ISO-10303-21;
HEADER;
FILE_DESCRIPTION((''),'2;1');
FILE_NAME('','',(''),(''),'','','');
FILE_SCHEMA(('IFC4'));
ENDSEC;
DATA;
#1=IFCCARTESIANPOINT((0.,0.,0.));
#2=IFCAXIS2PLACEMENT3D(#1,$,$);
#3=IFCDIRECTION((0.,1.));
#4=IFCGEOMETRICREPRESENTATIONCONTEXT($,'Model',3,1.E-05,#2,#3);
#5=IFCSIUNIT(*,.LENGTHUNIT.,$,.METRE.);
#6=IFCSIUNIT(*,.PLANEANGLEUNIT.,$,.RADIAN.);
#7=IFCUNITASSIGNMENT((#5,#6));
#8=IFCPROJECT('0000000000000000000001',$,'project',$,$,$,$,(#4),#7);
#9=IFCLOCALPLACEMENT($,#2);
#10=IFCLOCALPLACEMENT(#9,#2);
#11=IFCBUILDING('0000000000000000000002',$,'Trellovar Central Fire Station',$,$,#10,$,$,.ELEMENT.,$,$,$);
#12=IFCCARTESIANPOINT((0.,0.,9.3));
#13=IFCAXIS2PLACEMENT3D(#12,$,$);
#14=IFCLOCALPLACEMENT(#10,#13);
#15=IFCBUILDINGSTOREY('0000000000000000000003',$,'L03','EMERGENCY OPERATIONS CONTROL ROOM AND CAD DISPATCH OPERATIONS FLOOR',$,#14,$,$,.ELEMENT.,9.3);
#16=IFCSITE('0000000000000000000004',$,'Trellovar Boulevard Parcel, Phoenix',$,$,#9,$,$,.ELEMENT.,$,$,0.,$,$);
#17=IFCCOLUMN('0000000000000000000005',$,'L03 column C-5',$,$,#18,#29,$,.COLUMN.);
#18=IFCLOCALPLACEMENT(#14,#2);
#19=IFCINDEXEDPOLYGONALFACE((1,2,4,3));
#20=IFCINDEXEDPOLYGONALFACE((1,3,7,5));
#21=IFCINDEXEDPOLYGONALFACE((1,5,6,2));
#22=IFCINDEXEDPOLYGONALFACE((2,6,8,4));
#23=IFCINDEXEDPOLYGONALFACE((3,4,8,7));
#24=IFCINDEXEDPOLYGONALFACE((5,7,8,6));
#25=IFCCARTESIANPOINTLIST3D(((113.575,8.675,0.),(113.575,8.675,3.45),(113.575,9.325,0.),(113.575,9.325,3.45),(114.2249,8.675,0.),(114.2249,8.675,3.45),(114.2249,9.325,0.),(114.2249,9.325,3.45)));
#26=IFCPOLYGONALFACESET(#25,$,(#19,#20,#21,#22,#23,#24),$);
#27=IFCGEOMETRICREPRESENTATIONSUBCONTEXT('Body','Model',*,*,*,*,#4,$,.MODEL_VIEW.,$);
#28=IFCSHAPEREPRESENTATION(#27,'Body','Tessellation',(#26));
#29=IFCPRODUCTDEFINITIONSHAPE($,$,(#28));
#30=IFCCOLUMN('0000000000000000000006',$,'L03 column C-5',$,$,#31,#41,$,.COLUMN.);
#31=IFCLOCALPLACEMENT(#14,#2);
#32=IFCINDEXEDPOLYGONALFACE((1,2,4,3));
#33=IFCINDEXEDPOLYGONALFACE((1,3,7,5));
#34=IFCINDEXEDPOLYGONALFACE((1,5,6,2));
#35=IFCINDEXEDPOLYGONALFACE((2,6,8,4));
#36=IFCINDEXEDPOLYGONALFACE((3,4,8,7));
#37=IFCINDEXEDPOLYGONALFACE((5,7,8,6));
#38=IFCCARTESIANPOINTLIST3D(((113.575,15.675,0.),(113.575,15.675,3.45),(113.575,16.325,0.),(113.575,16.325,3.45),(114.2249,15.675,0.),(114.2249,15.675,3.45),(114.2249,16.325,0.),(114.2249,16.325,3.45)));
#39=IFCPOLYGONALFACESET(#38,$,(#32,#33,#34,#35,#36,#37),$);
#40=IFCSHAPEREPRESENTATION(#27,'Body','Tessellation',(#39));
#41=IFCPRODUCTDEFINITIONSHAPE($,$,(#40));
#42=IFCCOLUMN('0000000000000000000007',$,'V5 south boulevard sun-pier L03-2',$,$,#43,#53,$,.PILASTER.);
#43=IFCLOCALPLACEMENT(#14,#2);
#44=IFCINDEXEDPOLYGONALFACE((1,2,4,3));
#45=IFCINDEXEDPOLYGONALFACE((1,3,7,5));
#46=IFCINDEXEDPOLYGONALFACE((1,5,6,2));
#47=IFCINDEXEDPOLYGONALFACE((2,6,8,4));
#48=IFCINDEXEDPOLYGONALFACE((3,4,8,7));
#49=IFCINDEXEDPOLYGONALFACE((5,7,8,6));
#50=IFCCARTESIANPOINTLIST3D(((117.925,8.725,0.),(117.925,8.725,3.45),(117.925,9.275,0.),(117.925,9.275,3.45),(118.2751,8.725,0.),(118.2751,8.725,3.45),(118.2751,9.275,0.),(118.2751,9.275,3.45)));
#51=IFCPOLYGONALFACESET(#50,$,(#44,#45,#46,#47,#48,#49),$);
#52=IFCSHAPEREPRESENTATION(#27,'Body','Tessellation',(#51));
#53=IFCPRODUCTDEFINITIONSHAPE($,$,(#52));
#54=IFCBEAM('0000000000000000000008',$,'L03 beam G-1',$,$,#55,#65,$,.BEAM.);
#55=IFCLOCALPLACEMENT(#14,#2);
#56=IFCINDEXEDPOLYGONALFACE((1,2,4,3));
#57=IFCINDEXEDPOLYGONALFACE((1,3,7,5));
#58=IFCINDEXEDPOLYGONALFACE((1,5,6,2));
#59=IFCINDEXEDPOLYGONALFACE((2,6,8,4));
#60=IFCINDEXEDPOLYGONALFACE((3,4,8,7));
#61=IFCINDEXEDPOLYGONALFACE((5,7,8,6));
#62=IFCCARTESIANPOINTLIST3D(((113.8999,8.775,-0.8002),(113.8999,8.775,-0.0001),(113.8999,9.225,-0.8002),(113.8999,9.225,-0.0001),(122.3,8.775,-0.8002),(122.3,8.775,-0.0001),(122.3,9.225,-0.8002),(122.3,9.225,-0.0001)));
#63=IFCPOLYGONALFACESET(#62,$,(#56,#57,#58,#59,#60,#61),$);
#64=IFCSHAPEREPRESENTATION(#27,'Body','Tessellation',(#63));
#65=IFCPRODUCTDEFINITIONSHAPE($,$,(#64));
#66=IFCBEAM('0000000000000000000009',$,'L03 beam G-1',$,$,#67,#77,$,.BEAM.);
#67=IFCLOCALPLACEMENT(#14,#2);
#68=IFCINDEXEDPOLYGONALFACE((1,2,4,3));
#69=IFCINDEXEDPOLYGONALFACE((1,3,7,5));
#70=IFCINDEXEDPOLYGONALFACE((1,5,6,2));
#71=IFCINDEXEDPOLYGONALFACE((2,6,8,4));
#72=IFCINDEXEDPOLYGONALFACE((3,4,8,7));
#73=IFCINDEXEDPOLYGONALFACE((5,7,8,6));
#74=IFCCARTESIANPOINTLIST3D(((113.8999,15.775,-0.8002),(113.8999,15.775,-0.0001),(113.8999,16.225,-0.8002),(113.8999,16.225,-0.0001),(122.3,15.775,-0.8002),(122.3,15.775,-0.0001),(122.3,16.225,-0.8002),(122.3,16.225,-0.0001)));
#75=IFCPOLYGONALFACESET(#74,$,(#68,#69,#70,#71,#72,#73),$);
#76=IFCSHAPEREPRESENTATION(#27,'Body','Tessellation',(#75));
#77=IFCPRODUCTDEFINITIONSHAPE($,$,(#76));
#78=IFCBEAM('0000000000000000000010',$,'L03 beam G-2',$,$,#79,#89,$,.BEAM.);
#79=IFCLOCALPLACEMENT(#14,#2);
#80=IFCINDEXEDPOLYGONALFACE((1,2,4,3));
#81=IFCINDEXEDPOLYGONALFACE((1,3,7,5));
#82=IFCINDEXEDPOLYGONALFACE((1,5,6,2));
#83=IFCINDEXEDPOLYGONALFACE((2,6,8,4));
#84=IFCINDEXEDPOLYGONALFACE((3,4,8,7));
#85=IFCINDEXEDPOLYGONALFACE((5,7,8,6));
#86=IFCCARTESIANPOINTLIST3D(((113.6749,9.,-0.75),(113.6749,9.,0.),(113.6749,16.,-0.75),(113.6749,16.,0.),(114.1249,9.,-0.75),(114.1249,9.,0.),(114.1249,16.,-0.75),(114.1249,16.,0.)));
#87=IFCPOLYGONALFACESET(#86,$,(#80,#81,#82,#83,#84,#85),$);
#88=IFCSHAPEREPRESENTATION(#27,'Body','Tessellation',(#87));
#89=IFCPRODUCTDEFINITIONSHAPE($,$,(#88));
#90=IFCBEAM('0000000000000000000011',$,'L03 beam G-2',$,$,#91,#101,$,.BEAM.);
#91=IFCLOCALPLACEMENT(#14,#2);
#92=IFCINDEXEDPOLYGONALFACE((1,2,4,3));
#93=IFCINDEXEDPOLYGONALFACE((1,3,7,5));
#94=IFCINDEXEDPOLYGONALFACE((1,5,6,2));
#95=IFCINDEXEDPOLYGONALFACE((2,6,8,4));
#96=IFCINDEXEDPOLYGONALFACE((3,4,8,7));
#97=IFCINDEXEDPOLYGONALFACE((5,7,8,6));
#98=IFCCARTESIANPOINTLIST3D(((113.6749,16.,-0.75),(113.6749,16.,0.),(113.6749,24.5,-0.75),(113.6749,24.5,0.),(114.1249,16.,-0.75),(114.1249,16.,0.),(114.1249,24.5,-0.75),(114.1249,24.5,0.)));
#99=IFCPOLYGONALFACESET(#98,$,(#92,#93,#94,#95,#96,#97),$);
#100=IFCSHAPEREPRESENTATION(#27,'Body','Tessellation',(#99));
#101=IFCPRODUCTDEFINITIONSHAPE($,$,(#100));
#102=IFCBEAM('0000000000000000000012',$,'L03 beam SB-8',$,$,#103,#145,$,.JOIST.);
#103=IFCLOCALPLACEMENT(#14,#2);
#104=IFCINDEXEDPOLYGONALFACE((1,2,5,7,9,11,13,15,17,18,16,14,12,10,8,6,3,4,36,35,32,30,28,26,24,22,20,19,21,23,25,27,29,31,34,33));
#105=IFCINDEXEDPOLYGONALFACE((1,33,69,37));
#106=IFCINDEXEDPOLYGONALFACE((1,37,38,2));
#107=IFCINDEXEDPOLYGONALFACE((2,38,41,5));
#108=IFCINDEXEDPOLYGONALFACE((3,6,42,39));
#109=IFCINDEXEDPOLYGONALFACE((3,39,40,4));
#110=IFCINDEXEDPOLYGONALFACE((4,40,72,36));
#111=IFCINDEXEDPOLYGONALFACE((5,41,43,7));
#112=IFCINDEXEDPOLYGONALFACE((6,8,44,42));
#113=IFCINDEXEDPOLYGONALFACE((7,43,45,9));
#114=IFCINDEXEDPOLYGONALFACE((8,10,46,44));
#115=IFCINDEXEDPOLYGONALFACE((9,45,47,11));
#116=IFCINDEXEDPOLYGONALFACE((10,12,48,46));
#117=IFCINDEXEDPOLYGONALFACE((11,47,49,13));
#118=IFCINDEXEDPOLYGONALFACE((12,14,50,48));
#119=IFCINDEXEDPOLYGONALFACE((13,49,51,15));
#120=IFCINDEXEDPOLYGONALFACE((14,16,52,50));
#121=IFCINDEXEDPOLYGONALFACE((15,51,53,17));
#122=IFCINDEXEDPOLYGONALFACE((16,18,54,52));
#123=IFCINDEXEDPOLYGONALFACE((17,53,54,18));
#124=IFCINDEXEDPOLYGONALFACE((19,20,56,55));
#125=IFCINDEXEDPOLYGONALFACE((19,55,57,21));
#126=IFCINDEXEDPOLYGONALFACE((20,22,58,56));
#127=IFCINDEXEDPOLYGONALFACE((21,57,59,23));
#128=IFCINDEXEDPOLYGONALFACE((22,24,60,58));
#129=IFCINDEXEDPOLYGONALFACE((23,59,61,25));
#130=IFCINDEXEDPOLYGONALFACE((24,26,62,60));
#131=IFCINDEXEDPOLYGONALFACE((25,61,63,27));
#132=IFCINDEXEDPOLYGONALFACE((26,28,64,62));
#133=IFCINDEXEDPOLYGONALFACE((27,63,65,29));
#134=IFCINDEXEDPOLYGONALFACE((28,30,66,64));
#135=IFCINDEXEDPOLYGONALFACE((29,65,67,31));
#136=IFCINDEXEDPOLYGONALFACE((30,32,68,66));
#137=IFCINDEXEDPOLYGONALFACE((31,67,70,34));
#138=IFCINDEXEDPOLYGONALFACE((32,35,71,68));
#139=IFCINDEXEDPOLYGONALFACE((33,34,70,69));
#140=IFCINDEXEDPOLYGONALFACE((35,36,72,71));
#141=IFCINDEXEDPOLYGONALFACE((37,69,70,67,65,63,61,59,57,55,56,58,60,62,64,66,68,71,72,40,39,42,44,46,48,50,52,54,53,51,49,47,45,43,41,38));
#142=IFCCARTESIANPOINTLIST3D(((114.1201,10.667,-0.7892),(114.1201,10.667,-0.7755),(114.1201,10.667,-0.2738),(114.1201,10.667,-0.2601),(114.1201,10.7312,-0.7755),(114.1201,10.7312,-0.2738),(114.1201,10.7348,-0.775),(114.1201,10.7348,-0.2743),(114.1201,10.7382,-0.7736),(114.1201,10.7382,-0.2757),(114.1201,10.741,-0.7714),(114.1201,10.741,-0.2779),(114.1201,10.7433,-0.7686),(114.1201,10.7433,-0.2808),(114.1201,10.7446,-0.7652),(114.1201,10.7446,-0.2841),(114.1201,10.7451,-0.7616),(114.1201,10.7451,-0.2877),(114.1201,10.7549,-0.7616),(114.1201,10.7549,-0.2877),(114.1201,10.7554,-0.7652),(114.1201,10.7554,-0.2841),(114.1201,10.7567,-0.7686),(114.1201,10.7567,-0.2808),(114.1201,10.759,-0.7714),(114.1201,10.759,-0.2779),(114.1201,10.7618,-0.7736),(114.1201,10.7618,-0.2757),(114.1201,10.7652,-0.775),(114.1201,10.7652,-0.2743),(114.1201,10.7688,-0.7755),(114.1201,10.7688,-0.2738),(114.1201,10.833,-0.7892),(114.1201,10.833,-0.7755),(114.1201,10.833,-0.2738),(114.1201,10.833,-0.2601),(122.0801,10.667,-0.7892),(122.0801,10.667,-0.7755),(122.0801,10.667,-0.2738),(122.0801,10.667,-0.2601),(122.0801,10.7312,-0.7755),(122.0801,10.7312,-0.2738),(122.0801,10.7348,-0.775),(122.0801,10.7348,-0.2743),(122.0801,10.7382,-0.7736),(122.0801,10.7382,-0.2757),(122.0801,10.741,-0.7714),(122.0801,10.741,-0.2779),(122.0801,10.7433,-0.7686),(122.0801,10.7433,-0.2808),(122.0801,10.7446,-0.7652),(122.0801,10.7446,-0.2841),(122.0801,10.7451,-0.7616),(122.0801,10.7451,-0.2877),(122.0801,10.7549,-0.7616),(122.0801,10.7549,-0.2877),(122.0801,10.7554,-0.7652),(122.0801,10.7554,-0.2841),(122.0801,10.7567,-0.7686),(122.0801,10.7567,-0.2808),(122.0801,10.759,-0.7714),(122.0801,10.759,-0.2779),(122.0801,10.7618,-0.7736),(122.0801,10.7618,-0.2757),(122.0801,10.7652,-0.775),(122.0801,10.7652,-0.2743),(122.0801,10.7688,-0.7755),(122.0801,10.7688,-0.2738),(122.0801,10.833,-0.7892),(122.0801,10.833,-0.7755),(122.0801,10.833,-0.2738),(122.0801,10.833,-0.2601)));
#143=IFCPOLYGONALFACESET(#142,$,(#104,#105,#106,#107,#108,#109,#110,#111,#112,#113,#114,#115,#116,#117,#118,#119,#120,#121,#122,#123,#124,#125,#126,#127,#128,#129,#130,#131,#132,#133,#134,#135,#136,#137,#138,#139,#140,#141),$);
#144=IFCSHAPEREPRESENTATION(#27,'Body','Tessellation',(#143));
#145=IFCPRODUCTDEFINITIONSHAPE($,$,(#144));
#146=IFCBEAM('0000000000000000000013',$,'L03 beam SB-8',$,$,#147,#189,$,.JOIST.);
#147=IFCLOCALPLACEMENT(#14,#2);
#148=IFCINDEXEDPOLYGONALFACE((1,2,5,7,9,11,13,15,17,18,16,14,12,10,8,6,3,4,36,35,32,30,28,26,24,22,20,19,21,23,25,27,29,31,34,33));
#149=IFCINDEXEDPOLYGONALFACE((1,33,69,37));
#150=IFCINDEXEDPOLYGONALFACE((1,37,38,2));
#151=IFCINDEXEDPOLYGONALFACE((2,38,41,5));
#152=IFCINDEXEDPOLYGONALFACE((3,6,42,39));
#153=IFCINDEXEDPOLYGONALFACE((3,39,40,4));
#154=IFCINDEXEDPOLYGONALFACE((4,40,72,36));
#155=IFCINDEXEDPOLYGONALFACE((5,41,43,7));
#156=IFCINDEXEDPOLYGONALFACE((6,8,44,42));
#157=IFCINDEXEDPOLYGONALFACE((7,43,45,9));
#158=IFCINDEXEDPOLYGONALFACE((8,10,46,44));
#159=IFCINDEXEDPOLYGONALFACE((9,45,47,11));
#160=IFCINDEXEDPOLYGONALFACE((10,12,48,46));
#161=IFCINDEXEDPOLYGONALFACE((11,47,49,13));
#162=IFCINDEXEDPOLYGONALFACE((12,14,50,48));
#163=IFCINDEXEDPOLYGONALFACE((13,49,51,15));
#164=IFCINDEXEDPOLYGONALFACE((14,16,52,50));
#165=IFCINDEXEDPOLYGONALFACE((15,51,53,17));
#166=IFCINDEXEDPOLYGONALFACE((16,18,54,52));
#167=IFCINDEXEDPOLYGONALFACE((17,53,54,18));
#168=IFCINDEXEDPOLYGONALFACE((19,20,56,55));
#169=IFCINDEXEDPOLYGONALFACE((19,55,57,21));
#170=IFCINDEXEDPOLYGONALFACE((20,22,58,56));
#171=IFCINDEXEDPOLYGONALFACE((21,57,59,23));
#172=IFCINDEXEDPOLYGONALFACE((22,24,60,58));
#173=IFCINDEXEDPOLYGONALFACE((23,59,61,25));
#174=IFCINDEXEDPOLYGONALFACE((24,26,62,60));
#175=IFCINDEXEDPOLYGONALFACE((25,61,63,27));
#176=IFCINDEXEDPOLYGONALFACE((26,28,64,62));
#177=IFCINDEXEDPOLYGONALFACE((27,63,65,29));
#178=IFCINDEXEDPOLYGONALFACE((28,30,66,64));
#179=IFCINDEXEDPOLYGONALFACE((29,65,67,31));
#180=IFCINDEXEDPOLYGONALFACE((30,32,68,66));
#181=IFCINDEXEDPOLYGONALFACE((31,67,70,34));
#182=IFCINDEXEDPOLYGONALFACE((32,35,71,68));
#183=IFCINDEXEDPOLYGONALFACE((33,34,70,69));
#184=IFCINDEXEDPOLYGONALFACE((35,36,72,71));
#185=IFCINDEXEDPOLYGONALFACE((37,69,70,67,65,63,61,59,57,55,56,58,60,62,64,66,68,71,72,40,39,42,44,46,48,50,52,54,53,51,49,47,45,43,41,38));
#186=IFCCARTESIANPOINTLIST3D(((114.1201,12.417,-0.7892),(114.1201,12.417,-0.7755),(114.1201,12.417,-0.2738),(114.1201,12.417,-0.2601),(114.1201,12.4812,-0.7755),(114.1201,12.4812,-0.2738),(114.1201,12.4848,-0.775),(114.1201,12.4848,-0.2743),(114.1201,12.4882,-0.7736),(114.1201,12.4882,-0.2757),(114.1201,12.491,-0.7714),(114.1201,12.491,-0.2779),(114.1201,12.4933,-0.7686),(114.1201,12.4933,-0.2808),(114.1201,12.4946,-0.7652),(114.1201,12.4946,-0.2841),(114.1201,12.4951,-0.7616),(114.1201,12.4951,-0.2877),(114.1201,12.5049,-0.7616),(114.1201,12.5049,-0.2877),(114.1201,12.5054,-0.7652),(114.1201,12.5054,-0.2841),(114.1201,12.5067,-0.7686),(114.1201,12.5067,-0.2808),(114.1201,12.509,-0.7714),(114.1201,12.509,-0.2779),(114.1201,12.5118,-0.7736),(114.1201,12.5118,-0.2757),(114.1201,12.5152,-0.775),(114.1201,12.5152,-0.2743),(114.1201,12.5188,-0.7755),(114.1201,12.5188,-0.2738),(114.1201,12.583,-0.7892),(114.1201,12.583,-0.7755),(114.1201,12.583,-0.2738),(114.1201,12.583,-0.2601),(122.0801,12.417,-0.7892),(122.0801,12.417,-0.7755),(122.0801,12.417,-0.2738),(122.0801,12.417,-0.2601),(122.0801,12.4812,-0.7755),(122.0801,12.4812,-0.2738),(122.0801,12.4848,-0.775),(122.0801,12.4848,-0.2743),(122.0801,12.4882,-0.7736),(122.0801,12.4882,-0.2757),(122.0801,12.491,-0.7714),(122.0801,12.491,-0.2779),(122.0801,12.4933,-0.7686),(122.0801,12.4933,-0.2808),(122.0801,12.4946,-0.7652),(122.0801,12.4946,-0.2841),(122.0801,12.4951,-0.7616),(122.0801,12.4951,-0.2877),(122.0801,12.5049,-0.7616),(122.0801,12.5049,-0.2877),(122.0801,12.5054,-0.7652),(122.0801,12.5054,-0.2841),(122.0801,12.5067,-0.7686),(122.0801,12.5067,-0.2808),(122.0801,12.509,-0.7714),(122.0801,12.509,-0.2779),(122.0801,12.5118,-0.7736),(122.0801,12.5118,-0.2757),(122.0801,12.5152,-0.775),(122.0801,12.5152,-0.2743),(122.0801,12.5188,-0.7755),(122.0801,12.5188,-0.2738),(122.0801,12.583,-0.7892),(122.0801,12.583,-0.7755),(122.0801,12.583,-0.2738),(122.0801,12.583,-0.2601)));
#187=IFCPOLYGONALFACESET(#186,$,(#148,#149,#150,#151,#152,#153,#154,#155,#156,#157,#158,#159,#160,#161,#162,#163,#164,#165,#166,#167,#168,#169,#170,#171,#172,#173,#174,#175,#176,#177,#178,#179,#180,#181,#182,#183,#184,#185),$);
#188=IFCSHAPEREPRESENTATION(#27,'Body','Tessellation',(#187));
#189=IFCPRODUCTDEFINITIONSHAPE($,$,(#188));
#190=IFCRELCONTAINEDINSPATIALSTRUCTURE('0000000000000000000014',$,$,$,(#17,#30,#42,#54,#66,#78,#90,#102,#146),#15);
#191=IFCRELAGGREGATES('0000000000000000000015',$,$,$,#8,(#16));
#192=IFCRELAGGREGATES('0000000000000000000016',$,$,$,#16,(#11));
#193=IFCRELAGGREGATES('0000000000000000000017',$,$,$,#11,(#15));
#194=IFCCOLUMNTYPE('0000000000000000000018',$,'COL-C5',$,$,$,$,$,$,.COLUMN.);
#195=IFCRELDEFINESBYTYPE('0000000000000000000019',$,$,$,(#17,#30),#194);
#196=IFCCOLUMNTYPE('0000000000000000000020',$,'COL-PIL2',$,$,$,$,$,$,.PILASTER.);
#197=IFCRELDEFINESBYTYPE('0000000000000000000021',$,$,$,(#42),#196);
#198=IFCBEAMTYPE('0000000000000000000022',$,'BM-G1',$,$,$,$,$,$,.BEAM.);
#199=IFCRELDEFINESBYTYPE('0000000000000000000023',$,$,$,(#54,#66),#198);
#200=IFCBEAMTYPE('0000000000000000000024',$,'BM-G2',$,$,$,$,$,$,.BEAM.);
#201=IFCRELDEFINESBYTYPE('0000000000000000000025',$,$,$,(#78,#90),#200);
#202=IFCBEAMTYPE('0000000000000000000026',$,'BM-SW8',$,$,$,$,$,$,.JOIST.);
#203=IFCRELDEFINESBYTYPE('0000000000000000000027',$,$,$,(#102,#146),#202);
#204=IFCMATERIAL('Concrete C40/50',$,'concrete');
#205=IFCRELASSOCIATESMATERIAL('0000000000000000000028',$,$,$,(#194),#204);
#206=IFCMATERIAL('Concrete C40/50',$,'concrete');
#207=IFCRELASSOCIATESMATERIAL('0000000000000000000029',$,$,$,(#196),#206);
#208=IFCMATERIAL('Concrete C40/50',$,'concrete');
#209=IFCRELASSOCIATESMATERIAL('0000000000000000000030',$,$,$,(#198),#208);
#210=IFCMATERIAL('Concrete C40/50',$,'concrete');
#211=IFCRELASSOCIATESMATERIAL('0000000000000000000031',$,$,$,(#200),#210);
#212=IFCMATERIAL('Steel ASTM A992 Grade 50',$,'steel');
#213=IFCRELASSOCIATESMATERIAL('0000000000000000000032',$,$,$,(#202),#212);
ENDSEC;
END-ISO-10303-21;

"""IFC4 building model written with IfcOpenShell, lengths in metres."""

from ifc_helpers import new_model, si_unit, direction, frame, origin, origin_2d, place, context, subcontext, project, spatial, rectangle, i_section, extrude, material, material_profile, profile_set, type_object, element, save


model = new_model("IFC4")

# Units and contexts
model_context = context("Model", 3, precision=1e-05, world=origin(), true_north=direction((0.0, 1.0)))
body_context = subcontext(model_context, "Body", "Model", "MODEL_VIEW")
ifc_project = project(units=[si_unit("LENGTHUNIT", "METRE"), si_unit("PLANEANGLEUNIT", "RADIAN")], contexts=[model_context])

# Site, building, storey
site_placement = place(None, origin())
site = spatial("IfcSite", under=ifc_project, at=site_placement, Name="Trellovar Boulevard Parcel, Phoenix", CompositionType="ELEMENT", RefElevation=0.0)
building_placement = place(site_placement, origin())
building = spatial("IfcBuilding", under=site, at=building_placement, Name="Trellovar Central Fire Station", CompositionType="ELEMENT")
storey_placement = place(building_placement, frame((0.0, 0.0, 9.3)))
storey = spatial("IfcBuildingStorey", under=building, at=storey_placement, Name="L03", Description="EMERGENCY OPERATIONS CONTROL ROOM AND CAD DISPATCH OPERATIONS FLOOR", CompositionType="ELEMENT", Elevation=9.3)

# Columns
ifc_material_1 = material(Name="Concrete C40/50", Category="concrete")
ifc_material_profile_1 = material_profile(ifc_material_1, rectangle(XDim=0.6499, YDim=0.6499, at=origin_2d()), Name="RC650X650")
ifc_profile_set_1 = profile_set([ifc_material_profile_1], Name="Concrete C40/50")
column_type_1 = type_object("IfcColumnType", Name="COL-C5", PredefinedType="COLUMN", material=ifc_profile_set_1)
for number, where, z_axis, x_axis, name in (
    (1, (113.8999, 9.0, 0.0), (0.0, 0.0, 1.0), (1.0, 0.0, 0.0), "L03 column C-5"),
    (2, (113.8999, 16.0, 0.0), (0.0, 0.0, 1.0), (1.0, 0.0, 0.0), "L03 column C-5"),
):
    element("IfcColumn", number, at=place(storey_placement, frame(where, z_axis=z_axis, x_axis=x_axis)), inside=storey, type_object=column_type_1, Name=name, PredefinedType="COLUMN", context=body_context, shape_type="SweptSolid", body=[
        extrude(rectangle(XDim=0.6499, YDim=0.6499, at=origin_2d()), origin(), (0.0, 0.0, 1.0), 3.45),
    ])
ifc_material_2 = material(Name="Concrete C40/50", Category="concrete")
ifc_material_profile_2 = material_profile(ifc_material_2, rectangle(XDim=0.3501, YDim=0.55, at=origin_2d()), Name="RC350X550")
ifc_profile_set_2 = profile_set([ifc_material_profile_2], Name="Concrete C40/50")
column_type_2 = type_object("IfcColumnType", Name="COL-PIL2", PredefinedType="PILASTER", material=ifc_profile_set_2)
column_placement = place(storey_placement, frame((118.1001, 9.0, 0.0), z_axis=(0.0, 0.0, 1.0), x_axis=(1.0, 0.0, 0.0)))
element("IfcColumn", 3, at=column_placement, inside=storey, type_object=column_type_2, Name="V5 south boulevard sun-pier L03-2", PredefinedType="PILASTER", context=body_context, shape_type="SweptSolid", body=[
    extrude(rectangle(XDim=0.3501, YDim=0.55, at=origin_2d()), origin(), (0.0, 0.0, 1.0), 3.45),
])

# Beams
ifc_material_3 = material(Name="Concrete C40/50", Category="concrete")
ifc_material_profile_3 = material_profile(ifc_material_3, rectangle(XDim=0.45, YDim=0.8, at=origin_2d()), Name="RC450X800")
ifc_profile_set_3 = profile_set([ifc_material_profile_3], Name="Concrete C40/50")
beam_type_1 = type_object("IfcBeamType", Name="BM-G1", PredefinedType="BEAM", material=ifc_profile_set_3)
for number, where, z_axis, x_axis, name in (
    (4, (113.8999, 9.0, -0.4001), (1.0, 0.0, 0.0), (0.0, 1.0, 0.0), "L03 beam G-1"),
    (5, (113.8999, 16.0, -0.4001), (1.0, 0.0, 0.0), (0.0, 1.0, 0.0), "L03 beam G-1"),
):
    element("IfcBeam", number, at=place(storey_placement, frame(where, z_axis=z_axis, x_axis=x_axis)), inside=storey, type_object=beam_type_1, Name=name, PredefinedType="BEAM", context=body_context, shape_type="SweptSolid", body=[
        extrude(rectangle(XDim=0.45, YDim=0.8, at=origin_2d()), origin(), (0.0, 0.0, 1.0), 8.4001),
    ])
ifc_material_4 = material(Name="Concrete C40/50", Category="concrete")
ifc_material_profile_4 = material_profile(ifc_material_4, rectangle(XDim=0.45, YDim=0.75, at=origin_2d()), Name="RC450X750")
ifc_profile_set_4 = profile_set([ifc_material_profile_4], Name="Concrete C40/50")
beam_type_2 = type_object("IfcBeamType", Name="BM-G2", PredefinedType="BEAM", material=ifc_profile_set_4)
beam_1_placement = place(storey_placement, frame((113.8999, 9.0, -0.375), z_axis=(0.0, 1.0, 0.0), x_axis=(-1.0, 0.0, 0.0)))
element("IfcBeam", 6, at=beam_1_placement, inside=storey, type_object=beam_type_2, Name="L03 beam G-2", PredefinedType="BEAM", context=body_context, shape_type="SweptSolid", body=[
    extrude(rectangle(XDim=0.45, YDim=0.75, at=origin_2d()), origin(), (0.0, 0.0, 1.0), 7.0),
])
beam_2_placement = place(storey_placement, frame((113.8999, 16.0, -0.375), z_axis=(0.0, 1.0, 0.0), x_axis=(-1.0, 0.0, 0.0)))
element("IfcBeam", 7, at=beam_2_placement, inside=storey, type_object=beam_type_2, Name="L03 beam G-2", PredefinedType="BEAM", context=body_context, shape_type="SweptSolid", body=[
    extrude(rectangle(XDim=0.45, YDim=0.75, at=origin_2d()), origin(), (0.0, 0.0, 1.0), 8.5),
])
ifc_material_5 = material(Name="Steel ASTM A992 Grade 50", Category="steel")
ifc_material_profile_5 = material_profile(ifc_material_5, i_section(OverallWidth=0.166, OverallDepth=0.5291, WebThickness=0.0098, FlangeThickness=0.0137, FilletRadius=0.0139, at=origin_2d()), Name="W21X50")
ifc_profile_set_5 = profile_set([ifc_material_profile_5], Name="Steel ASTM A992 Grade 50")
beam_type_3 = type_object("IfcBeamType", Name="BM-SW8", PredefinedType="JOIST", material=ifc_profile_set_5)
for number, where, z_axis, x_axis, name in (
    (8, (114.1201, 10.75, -0.5247), (1.0, 0.0, 0.0), (0.0, 1.0, 0.0), "L03 beam SB-8"),
    (9, (114.1201, 12.5, -0.5247), (1.0, 0.0, 0.0), (0.0, 1.0, 0.0), "L03 beam SB-8"),
):
    element("IfcBeam", number, at=place(storey_placement, frame(where, z_axis=z_axis, x_axis=x_axis)), inside=storey, type_object=beam_type_3, Name=name, PredefinedType="JOIST", context=body_context, shape_type="SweptSolid", body=[
        extrude(i_section(OverallWidth=0.166, OverallDepth=0.5291, WebThickness=0.0098, FlangeThickness=0.0137, FilletRadius=0.0139, at=origin_2d()), origin(), (0.0, 0.0, 1.0), 7.96),
    ])

save(model, "model.ifc")
